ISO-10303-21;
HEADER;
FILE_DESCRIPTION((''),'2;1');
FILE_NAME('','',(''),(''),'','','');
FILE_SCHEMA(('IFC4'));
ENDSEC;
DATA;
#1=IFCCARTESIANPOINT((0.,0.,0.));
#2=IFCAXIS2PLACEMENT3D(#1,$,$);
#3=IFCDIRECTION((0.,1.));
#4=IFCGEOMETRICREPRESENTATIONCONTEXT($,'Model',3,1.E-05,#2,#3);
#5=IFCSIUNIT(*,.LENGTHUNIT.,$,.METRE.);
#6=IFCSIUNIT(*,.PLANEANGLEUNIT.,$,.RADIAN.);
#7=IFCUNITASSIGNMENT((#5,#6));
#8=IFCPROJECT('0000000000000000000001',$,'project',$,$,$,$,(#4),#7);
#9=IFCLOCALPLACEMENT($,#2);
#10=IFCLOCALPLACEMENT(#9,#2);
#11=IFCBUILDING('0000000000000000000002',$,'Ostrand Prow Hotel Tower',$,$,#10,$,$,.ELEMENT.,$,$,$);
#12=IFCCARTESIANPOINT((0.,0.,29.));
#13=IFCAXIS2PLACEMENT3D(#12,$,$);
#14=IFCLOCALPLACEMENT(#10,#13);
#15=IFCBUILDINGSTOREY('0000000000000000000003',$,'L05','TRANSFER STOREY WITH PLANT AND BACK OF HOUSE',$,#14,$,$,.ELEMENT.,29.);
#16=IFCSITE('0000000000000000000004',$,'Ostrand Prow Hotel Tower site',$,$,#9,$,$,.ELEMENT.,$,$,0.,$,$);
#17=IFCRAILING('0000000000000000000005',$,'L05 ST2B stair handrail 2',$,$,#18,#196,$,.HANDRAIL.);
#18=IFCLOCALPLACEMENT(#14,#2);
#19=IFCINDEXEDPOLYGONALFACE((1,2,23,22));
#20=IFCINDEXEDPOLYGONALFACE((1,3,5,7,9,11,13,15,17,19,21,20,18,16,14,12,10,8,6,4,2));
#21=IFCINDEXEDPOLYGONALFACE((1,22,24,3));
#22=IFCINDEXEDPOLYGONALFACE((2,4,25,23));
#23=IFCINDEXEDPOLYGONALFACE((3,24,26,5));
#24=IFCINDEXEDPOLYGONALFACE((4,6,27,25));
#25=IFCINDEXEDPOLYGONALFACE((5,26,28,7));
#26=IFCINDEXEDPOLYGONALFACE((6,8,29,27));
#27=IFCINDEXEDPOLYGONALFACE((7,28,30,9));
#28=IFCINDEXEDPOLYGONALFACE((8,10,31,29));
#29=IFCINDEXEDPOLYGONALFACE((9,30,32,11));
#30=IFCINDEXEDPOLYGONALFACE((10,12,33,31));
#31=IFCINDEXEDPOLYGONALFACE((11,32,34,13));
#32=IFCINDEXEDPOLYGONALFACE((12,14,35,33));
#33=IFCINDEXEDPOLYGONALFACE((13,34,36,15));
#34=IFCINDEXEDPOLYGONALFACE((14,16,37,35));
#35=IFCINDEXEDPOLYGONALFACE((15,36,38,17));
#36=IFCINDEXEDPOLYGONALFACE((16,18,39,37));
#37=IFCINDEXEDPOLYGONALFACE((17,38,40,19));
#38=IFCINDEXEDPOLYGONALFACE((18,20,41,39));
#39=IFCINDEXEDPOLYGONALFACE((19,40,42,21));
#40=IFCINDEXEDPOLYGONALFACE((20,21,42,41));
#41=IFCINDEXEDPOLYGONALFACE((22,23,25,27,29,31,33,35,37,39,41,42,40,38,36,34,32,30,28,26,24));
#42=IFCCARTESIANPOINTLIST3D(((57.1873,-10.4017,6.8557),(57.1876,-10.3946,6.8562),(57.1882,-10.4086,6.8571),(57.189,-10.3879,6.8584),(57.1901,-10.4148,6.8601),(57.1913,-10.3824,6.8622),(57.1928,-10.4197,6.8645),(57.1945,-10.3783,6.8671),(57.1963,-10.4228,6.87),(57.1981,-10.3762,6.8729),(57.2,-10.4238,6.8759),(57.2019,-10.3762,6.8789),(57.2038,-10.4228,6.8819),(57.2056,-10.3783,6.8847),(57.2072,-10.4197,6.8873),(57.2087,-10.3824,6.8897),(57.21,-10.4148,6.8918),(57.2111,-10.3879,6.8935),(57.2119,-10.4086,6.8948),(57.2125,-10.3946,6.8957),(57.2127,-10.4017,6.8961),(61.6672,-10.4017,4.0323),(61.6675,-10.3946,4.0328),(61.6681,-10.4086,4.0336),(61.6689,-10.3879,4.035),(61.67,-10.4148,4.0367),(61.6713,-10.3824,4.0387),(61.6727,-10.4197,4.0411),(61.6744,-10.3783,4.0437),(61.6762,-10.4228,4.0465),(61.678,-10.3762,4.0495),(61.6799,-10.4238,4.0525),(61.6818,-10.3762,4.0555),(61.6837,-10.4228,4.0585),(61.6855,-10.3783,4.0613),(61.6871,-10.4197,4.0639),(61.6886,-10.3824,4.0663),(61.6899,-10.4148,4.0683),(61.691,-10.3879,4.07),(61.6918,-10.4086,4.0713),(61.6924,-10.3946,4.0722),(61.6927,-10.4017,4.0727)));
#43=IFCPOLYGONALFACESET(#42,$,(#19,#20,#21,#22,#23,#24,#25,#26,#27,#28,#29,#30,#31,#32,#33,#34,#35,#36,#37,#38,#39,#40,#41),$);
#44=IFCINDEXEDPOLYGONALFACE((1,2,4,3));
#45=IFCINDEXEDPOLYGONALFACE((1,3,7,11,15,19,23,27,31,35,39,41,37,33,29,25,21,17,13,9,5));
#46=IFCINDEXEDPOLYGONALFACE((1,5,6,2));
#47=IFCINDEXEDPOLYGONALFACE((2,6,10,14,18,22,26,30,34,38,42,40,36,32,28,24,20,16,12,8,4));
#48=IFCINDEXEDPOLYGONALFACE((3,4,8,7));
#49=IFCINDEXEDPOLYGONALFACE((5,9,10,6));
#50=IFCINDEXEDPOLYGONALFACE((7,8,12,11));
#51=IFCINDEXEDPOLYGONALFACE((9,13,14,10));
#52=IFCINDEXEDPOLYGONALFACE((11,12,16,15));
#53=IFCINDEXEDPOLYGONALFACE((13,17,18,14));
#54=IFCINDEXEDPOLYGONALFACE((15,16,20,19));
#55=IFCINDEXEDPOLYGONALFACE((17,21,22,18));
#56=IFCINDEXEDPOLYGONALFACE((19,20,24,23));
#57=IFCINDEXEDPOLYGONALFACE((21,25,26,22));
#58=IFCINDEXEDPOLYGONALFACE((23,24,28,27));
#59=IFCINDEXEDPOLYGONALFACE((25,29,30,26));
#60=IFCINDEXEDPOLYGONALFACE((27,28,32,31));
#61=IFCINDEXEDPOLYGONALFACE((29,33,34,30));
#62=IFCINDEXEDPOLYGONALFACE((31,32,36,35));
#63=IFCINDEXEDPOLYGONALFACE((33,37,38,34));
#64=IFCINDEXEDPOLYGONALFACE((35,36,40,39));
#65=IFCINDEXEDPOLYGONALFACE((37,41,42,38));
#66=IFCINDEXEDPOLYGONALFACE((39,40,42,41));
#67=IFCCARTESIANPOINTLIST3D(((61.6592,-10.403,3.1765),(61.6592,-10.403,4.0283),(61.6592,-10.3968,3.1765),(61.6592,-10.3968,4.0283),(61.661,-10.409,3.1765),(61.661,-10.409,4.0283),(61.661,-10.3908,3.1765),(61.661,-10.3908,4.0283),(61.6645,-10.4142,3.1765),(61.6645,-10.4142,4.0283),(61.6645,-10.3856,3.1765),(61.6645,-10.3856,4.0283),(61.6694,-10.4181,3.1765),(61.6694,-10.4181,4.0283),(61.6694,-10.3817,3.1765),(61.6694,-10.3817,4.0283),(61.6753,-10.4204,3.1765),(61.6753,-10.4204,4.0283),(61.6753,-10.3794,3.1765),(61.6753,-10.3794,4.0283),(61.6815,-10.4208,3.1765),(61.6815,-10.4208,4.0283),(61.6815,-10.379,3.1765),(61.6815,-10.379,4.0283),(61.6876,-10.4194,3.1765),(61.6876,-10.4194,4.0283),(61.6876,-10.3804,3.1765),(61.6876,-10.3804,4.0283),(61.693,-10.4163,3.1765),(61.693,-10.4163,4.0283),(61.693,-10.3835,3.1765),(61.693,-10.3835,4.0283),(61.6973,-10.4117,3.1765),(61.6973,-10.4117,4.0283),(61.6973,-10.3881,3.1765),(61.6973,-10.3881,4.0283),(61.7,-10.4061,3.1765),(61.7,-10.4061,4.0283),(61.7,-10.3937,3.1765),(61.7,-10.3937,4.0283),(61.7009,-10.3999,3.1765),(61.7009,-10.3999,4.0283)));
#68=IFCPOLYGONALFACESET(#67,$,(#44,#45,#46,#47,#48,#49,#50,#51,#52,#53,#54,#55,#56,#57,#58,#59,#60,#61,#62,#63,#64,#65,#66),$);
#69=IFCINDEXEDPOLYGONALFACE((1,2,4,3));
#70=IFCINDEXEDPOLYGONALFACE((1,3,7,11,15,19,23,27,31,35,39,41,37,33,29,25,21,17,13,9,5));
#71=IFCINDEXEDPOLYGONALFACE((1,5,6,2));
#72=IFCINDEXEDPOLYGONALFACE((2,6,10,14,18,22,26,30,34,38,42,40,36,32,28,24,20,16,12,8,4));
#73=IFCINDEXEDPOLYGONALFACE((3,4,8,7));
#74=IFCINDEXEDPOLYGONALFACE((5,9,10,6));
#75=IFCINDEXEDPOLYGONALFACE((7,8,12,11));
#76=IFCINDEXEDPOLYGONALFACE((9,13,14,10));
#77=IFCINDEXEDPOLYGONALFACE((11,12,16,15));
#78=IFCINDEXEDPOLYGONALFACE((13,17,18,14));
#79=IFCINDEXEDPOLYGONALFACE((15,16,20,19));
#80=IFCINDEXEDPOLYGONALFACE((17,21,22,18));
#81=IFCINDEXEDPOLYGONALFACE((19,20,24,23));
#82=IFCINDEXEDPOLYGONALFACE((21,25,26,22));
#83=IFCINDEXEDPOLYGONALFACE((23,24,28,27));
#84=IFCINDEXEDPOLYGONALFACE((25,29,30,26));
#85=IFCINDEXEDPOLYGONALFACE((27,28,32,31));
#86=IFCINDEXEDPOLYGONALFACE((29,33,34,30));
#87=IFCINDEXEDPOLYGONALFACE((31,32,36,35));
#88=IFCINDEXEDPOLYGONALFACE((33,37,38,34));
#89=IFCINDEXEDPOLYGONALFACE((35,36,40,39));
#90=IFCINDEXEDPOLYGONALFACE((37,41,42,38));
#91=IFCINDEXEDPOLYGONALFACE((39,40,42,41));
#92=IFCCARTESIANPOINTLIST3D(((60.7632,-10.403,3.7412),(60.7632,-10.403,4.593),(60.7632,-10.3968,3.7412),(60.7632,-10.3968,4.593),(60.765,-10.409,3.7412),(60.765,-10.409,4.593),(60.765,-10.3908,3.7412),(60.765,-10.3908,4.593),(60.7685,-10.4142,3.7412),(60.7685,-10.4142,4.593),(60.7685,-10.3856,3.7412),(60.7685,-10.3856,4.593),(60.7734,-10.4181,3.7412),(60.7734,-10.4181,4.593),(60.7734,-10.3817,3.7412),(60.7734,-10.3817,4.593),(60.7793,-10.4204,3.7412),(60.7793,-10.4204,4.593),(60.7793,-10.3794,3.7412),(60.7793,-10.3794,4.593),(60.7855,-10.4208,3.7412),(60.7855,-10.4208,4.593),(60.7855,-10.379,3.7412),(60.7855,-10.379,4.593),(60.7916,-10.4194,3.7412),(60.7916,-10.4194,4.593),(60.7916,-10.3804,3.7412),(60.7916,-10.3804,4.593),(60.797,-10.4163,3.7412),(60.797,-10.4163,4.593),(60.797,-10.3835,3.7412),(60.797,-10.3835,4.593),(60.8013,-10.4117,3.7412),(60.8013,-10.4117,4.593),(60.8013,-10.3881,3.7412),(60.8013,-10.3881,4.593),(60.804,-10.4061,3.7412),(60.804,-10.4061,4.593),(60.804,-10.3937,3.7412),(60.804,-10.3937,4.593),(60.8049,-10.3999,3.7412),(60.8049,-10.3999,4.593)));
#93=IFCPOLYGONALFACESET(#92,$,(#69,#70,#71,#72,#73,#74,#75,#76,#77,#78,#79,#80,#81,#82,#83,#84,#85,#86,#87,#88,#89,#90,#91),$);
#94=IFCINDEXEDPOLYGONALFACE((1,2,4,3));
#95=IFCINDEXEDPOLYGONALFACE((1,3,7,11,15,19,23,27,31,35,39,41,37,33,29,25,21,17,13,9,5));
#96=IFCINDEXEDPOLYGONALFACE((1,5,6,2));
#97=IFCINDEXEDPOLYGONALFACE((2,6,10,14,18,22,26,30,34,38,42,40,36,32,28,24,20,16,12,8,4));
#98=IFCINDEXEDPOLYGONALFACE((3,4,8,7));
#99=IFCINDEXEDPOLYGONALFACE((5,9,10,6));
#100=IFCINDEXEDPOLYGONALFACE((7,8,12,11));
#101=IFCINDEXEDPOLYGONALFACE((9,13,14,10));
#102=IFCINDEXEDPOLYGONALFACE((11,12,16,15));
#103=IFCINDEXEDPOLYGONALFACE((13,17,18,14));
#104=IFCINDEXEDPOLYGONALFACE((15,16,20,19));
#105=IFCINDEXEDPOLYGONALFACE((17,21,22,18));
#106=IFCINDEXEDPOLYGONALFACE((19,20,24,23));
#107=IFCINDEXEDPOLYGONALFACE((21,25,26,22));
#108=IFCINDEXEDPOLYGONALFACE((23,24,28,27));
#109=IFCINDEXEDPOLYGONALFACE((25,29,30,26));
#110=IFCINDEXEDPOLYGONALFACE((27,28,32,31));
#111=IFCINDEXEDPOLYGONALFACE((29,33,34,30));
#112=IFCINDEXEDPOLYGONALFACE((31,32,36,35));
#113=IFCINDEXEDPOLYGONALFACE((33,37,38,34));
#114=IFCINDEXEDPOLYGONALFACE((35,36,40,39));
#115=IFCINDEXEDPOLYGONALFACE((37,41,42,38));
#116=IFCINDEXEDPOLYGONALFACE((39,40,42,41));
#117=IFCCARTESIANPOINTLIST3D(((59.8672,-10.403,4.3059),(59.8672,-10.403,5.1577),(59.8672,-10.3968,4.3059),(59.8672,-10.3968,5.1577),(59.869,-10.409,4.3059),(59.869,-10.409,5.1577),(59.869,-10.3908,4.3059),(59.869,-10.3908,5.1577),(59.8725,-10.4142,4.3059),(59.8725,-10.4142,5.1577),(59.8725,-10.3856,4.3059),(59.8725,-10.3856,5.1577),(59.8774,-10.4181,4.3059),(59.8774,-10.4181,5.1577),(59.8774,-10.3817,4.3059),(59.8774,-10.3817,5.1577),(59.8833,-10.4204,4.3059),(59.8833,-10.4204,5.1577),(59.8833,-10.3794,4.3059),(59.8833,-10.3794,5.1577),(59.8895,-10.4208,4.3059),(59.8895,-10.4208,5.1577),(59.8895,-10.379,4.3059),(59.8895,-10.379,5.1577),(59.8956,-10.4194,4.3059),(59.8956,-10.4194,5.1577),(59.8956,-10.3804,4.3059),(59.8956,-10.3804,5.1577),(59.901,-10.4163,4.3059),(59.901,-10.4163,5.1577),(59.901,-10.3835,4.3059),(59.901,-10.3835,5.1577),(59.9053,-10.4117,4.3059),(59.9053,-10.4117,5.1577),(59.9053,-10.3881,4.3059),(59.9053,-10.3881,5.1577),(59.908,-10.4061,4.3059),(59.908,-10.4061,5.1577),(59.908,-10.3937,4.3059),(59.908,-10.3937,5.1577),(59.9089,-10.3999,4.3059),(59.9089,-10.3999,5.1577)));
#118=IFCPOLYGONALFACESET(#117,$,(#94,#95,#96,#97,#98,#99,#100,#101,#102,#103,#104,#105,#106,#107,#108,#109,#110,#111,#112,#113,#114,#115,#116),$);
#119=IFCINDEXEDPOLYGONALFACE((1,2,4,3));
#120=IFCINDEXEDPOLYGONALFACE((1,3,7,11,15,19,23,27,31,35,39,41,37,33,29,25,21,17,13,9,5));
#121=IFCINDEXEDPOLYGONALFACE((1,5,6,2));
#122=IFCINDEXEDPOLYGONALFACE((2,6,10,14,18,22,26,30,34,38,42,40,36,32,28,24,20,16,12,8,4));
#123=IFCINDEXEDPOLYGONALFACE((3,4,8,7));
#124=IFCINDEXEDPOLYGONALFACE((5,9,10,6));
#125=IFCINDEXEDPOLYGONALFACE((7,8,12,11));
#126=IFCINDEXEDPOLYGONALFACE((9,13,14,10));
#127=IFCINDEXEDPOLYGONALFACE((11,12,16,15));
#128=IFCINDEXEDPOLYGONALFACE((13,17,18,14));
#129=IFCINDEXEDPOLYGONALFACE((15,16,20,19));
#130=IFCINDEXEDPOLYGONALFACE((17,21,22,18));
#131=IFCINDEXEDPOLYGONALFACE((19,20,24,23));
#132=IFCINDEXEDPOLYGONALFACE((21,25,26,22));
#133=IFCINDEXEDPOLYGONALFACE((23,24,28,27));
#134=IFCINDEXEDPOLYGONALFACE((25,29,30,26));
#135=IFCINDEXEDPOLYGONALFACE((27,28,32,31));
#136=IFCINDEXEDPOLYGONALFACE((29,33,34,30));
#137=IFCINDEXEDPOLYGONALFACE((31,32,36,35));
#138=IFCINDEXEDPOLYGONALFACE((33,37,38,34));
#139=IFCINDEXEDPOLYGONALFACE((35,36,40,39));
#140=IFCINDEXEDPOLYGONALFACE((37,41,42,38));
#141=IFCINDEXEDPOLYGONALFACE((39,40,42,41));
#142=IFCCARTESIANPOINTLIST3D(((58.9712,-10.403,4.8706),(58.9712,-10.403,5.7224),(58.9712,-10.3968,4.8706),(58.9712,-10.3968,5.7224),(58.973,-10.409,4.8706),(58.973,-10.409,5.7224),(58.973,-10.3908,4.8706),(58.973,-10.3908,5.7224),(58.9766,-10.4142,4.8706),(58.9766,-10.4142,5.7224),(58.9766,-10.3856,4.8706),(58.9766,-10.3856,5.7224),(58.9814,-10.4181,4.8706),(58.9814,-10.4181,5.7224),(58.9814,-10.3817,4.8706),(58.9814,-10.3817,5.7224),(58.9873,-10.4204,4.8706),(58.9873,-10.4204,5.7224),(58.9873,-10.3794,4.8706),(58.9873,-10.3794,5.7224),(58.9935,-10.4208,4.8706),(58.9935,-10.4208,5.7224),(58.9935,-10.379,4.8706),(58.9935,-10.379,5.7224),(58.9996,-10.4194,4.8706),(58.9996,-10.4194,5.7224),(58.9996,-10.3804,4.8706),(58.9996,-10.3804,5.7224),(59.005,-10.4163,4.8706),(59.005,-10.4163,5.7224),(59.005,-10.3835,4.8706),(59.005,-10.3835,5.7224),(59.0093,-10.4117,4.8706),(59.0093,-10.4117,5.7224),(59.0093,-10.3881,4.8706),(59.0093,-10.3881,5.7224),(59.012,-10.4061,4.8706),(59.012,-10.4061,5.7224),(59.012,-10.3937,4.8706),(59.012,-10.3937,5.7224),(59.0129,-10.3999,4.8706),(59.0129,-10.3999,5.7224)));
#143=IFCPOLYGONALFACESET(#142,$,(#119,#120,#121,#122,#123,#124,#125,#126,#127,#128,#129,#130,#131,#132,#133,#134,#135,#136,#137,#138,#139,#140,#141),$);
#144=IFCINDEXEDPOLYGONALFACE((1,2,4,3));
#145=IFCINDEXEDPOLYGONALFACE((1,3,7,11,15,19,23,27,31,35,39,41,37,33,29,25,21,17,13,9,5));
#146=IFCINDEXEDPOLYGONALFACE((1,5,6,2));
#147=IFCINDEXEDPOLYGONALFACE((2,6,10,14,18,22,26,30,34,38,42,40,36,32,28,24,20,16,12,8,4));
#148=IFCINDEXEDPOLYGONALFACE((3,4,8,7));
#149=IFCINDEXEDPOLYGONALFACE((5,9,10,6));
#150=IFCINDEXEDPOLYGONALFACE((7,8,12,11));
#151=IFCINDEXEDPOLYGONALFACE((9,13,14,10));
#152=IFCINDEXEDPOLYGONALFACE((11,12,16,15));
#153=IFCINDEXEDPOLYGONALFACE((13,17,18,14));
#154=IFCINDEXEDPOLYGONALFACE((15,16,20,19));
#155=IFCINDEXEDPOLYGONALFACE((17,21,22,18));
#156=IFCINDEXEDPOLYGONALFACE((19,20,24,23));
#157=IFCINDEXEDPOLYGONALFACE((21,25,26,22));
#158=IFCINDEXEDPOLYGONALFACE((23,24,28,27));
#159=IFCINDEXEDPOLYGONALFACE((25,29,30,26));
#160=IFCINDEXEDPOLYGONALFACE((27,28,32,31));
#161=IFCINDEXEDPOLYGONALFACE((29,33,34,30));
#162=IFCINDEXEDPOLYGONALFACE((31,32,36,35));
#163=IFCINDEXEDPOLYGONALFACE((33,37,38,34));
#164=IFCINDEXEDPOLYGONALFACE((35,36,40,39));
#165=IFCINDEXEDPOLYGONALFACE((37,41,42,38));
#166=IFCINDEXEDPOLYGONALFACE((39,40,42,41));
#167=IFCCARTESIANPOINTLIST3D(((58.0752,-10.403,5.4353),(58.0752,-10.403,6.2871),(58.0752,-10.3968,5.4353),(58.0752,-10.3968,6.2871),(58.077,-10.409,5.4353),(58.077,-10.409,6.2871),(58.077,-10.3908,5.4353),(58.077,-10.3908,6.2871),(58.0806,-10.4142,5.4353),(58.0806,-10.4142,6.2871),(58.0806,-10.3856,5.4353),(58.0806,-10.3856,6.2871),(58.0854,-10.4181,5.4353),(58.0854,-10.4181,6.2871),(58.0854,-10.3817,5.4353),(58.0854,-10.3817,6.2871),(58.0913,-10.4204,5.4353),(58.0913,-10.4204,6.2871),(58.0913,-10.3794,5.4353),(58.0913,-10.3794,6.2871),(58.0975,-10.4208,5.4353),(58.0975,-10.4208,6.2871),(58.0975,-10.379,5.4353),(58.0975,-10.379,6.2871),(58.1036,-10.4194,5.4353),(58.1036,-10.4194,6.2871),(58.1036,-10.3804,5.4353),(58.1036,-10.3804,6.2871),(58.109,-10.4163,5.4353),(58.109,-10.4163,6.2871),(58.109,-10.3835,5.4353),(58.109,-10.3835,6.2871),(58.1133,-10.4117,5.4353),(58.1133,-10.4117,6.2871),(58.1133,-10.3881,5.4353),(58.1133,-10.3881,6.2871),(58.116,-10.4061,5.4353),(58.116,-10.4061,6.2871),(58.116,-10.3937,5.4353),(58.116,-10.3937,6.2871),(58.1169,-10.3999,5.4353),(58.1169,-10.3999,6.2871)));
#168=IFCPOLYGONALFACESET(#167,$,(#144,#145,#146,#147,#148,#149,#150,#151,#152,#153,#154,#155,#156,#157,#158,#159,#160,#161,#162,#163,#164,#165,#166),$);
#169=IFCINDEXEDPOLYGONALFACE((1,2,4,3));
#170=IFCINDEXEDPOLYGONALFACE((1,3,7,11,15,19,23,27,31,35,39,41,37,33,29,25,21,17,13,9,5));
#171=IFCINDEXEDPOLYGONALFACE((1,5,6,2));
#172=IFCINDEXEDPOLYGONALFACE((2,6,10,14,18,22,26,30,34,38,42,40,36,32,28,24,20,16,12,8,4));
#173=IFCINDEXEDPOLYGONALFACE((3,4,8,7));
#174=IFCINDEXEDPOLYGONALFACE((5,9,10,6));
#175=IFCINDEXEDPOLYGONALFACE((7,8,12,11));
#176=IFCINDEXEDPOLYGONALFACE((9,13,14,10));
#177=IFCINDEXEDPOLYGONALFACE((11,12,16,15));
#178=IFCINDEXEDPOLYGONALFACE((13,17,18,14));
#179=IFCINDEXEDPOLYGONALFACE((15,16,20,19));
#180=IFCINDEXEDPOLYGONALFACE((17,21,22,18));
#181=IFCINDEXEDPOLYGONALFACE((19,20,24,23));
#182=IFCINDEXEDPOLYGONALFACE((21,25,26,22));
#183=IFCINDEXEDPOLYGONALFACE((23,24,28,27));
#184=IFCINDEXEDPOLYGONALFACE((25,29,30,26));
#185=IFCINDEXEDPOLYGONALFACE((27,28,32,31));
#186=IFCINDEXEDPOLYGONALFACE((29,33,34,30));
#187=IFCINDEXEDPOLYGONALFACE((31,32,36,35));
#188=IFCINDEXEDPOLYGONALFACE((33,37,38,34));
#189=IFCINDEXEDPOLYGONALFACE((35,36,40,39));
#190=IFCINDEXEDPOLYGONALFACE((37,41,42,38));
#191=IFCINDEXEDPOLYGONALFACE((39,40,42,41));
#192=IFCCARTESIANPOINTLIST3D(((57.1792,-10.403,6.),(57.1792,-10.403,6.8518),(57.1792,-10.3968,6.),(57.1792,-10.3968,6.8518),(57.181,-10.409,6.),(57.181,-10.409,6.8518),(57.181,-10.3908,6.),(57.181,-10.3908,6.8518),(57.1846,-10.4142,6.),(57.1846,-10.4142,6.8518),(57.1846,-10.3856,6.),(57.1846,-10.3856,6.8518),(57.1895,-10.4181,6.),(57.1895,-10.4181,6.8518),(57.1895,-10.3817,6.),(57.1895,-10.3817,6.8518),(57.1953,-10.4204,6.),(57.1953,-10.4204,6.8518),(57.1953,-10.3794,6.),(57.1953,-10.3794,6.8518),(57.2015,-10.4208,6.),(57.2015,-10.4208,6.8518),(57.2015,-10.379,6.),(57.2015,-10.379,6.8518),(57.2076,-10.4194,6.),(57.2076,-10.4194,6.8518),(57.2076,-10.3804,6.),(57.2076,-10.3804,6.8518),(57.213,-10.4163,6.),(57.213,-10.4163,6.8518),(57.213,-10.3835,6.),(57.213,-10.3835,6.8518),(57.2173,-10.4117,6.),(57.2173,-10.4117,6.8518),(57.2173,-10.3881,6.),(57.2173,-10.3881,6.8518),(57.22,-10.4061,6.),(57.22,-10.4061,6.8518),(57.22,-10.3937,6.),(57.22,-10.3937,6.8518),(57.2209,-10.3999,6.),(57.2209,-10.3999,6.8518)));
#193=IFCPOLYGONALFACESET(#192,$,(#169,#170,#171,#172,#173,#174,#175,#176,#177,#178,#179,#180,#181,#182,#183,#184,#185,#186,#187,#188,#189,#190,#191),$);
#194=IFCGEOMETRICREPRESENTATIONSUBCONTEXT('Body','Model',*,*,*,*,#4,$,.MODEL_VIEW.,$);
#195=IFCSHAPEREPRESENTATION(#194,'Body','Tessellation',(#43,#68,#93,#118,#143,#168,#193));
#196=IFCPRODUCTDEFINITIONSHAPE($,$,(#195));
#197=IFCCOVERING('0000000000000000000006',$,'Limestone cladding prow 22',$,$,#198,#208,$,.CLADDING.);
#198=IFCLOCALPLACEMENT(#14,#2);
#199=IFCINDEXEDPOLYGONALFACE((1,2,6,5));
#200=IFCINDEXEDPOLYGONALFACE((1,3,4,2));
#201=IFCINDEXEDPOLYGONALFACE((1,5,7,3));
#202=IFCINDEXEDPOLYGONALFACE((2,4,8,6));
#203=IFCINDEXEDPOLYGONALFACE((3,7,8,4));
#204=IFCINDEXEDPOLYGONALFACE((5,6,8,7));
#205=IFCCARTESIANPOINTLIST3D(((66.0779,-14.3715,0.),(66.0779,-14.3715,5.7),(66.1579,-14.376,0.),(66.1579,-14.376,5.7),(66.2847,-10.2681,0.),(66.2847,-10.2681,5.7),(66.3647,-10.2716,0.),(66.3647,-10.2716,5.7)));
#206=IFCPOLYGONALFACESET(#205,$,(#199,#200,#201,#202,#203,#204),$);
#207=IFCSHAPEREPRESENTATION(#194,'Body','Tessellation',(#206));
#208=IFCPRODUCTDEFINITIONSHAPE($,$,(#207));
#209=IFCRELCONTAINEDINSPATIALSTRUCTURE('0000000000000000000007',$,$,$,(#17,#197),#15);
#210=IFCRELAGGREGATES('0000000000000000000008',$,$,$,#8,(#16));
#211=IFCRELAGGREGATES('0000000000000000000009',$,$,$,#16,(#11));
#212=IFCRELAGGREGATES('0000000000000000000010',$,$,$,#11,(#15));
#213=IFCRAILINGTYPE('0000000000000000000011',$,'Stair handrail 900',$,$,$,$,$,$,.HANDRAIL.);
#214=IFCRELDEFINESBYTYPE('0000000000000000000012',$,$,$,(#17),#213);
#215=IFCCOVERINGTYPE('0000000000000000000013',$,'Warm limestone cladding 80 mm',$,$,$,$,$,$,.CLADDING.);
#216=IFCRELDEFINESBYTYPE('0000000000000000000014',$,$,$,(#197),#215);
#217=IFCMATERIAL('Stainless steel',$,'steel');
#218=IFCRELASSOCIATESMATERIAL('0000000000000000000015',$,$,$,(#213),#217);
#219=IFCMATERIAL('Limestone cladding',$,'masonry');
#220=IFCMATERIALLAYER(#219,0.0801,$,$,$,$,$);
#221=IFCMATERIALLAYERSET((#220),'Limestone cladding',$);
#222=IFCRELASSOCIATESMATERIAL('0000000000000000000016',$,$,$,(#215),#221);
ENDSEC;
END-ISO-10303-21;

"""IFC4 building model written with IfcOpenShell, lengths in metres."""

from ifc_helpers import new_model, si_unit, direction, frame, origin, origin_2d, place, context, subcontext, project, spatial, polyline, circle, outline, extrude, material, layer, layer_set, type_object, element, save


model = new_model("IFC4")

# Units and contexts
model_context = context("Model", 3, precision=1e-05, world=origin(), true_north=direction((0.0, 1.0)))
body_context = subcontext(model_context, "Body", "Model", "MODEL_VIEW")
ifc_project = project(units=[si_unit("LENGTHUNIT", "METRE"), si_unit("PLANEANGLEUNIT", "RADIAN")], contexts=[model_context])

# Site, building, storey
site_placement = place(None, origin())
site = spatial("IfcSite", under=ifc_project, at=site_placement, Name="Ostrand Prow Hotel Tower site", CompositionType="ELEMENT", RefElevation=0.0)
building_placement = place(site_placement, origin())
building = spatial("IfcBuilding", under=site, at=building_placement, Name="Ostrand Prow Hotel Tower", CompositionType="ELEMENT")
storey_placement = place(building_placement, frame((0.0, 0.0, 29.0)))
storey = spatial("IfcBuildingStorey", under=building, at=storey_placement, Name="L05", Description="TRANSFER STOREY WITH PLANT AND BACK OF HOUSE", CompositionType="ELEMENT", Elevation=29.0)

# Railing
ifc_material_1 = material(Name="Stainless steel", Category="steel")
railing_type_1 = type_object("IfcRailingType", Name="Stair handrail 900", PredefinedType="HANDRAIL", material=ifc_material_1)
railing_1_placement = place(storey_placement, frame((61.6799, -10.3999, 3.1765)))
element("IfcRailing", 1, at=railing_1_placement, inside=storey, type_object=railing_type_1, Name="L05 ST2B stair handrail 2", PredefinedType="HANDRAIL", context=body_context, shape_type="SweptSolid", body=[
    extrude(circle(Radius=0.0239, at=origin_2d()), frame((0.0, 0.0, 0.876), z_axis=(-0.845998, 0.0, 0.533186), x_axis=(0.0, -1.0, 0.0)), (0.0, 0.0, 1.0), 5.2954),
    extrude(circle(Radius=0.021, at=origin_2d()), origin(), (0.0, 0.0, 1.0), 0.8518),
    extrude(circle(Radius=0.021, at=origin_2d()), frame((-0.896, 0.0, 0.5647)), (0.0, 0.0, 1.0), 0.8518),
    extrude(circle(Radius=0.021, at=origin_2d()), frame((-1.792, 0.0, 1.1294)), (0.0, 0.0, 1.0), 0.8518),
    extrude(circle(Radius=0.021, at=origin_2d()), frame((-2.688, 0.0, 1.6941)), (0.0, 0.0, 1.0), 0.8518),
    extrude(circle(Radius=0.021, at=origin_2d()), frame((-3.584, 0.0, 2.2588)), (0.0, 0.0, 1.0), 0.8518),
    extrude(circle(Radius=0.021, at=origin_2d()), frame((-4.48, 0.0, 2.8235)), (0.0, 0.0, 1.0), 0.8518),
])

# Covering
ifc_material_2 = material(Name="Limestone cladding", Category="masonry")
ifc_layer_1 = layer(ifc_material_2, 0.0801)
ifc_layer_set_1 = layer_set([ifc_layer_1], Name="Limestone cladding")
covering_type = type_object("IfcCoveringType", Name="Warm limestone cladding 80 mm", PredefinedType="CLADDING", material=ifc_layer_set_1)
covering_1_placement = place(storey_placement, frame((66.1179, -14.3738, 0.0), z_axis=(0.0, 0.0, 1.0), x_axis=(0.050323, 0.998733, 0.0)))
element("IfcCovering", 2, at=covering_1_placement, inside=storey, type_object=covering_type, Name="Limestone cladding prow 22", PredefinedType="CLADDING", context=body_context, shape_type="SweptSolid", body=[
    extrude(outline(polyline([(-0.0002, -0.04), (4.1094, -0.04), (4.1089, 0.04), (0.0002, 0.04), (-0.0002, -0.04)])), origin(), (0.0, 0.0, 1.0), 5.7),
])

save(model, "model.ifc")
